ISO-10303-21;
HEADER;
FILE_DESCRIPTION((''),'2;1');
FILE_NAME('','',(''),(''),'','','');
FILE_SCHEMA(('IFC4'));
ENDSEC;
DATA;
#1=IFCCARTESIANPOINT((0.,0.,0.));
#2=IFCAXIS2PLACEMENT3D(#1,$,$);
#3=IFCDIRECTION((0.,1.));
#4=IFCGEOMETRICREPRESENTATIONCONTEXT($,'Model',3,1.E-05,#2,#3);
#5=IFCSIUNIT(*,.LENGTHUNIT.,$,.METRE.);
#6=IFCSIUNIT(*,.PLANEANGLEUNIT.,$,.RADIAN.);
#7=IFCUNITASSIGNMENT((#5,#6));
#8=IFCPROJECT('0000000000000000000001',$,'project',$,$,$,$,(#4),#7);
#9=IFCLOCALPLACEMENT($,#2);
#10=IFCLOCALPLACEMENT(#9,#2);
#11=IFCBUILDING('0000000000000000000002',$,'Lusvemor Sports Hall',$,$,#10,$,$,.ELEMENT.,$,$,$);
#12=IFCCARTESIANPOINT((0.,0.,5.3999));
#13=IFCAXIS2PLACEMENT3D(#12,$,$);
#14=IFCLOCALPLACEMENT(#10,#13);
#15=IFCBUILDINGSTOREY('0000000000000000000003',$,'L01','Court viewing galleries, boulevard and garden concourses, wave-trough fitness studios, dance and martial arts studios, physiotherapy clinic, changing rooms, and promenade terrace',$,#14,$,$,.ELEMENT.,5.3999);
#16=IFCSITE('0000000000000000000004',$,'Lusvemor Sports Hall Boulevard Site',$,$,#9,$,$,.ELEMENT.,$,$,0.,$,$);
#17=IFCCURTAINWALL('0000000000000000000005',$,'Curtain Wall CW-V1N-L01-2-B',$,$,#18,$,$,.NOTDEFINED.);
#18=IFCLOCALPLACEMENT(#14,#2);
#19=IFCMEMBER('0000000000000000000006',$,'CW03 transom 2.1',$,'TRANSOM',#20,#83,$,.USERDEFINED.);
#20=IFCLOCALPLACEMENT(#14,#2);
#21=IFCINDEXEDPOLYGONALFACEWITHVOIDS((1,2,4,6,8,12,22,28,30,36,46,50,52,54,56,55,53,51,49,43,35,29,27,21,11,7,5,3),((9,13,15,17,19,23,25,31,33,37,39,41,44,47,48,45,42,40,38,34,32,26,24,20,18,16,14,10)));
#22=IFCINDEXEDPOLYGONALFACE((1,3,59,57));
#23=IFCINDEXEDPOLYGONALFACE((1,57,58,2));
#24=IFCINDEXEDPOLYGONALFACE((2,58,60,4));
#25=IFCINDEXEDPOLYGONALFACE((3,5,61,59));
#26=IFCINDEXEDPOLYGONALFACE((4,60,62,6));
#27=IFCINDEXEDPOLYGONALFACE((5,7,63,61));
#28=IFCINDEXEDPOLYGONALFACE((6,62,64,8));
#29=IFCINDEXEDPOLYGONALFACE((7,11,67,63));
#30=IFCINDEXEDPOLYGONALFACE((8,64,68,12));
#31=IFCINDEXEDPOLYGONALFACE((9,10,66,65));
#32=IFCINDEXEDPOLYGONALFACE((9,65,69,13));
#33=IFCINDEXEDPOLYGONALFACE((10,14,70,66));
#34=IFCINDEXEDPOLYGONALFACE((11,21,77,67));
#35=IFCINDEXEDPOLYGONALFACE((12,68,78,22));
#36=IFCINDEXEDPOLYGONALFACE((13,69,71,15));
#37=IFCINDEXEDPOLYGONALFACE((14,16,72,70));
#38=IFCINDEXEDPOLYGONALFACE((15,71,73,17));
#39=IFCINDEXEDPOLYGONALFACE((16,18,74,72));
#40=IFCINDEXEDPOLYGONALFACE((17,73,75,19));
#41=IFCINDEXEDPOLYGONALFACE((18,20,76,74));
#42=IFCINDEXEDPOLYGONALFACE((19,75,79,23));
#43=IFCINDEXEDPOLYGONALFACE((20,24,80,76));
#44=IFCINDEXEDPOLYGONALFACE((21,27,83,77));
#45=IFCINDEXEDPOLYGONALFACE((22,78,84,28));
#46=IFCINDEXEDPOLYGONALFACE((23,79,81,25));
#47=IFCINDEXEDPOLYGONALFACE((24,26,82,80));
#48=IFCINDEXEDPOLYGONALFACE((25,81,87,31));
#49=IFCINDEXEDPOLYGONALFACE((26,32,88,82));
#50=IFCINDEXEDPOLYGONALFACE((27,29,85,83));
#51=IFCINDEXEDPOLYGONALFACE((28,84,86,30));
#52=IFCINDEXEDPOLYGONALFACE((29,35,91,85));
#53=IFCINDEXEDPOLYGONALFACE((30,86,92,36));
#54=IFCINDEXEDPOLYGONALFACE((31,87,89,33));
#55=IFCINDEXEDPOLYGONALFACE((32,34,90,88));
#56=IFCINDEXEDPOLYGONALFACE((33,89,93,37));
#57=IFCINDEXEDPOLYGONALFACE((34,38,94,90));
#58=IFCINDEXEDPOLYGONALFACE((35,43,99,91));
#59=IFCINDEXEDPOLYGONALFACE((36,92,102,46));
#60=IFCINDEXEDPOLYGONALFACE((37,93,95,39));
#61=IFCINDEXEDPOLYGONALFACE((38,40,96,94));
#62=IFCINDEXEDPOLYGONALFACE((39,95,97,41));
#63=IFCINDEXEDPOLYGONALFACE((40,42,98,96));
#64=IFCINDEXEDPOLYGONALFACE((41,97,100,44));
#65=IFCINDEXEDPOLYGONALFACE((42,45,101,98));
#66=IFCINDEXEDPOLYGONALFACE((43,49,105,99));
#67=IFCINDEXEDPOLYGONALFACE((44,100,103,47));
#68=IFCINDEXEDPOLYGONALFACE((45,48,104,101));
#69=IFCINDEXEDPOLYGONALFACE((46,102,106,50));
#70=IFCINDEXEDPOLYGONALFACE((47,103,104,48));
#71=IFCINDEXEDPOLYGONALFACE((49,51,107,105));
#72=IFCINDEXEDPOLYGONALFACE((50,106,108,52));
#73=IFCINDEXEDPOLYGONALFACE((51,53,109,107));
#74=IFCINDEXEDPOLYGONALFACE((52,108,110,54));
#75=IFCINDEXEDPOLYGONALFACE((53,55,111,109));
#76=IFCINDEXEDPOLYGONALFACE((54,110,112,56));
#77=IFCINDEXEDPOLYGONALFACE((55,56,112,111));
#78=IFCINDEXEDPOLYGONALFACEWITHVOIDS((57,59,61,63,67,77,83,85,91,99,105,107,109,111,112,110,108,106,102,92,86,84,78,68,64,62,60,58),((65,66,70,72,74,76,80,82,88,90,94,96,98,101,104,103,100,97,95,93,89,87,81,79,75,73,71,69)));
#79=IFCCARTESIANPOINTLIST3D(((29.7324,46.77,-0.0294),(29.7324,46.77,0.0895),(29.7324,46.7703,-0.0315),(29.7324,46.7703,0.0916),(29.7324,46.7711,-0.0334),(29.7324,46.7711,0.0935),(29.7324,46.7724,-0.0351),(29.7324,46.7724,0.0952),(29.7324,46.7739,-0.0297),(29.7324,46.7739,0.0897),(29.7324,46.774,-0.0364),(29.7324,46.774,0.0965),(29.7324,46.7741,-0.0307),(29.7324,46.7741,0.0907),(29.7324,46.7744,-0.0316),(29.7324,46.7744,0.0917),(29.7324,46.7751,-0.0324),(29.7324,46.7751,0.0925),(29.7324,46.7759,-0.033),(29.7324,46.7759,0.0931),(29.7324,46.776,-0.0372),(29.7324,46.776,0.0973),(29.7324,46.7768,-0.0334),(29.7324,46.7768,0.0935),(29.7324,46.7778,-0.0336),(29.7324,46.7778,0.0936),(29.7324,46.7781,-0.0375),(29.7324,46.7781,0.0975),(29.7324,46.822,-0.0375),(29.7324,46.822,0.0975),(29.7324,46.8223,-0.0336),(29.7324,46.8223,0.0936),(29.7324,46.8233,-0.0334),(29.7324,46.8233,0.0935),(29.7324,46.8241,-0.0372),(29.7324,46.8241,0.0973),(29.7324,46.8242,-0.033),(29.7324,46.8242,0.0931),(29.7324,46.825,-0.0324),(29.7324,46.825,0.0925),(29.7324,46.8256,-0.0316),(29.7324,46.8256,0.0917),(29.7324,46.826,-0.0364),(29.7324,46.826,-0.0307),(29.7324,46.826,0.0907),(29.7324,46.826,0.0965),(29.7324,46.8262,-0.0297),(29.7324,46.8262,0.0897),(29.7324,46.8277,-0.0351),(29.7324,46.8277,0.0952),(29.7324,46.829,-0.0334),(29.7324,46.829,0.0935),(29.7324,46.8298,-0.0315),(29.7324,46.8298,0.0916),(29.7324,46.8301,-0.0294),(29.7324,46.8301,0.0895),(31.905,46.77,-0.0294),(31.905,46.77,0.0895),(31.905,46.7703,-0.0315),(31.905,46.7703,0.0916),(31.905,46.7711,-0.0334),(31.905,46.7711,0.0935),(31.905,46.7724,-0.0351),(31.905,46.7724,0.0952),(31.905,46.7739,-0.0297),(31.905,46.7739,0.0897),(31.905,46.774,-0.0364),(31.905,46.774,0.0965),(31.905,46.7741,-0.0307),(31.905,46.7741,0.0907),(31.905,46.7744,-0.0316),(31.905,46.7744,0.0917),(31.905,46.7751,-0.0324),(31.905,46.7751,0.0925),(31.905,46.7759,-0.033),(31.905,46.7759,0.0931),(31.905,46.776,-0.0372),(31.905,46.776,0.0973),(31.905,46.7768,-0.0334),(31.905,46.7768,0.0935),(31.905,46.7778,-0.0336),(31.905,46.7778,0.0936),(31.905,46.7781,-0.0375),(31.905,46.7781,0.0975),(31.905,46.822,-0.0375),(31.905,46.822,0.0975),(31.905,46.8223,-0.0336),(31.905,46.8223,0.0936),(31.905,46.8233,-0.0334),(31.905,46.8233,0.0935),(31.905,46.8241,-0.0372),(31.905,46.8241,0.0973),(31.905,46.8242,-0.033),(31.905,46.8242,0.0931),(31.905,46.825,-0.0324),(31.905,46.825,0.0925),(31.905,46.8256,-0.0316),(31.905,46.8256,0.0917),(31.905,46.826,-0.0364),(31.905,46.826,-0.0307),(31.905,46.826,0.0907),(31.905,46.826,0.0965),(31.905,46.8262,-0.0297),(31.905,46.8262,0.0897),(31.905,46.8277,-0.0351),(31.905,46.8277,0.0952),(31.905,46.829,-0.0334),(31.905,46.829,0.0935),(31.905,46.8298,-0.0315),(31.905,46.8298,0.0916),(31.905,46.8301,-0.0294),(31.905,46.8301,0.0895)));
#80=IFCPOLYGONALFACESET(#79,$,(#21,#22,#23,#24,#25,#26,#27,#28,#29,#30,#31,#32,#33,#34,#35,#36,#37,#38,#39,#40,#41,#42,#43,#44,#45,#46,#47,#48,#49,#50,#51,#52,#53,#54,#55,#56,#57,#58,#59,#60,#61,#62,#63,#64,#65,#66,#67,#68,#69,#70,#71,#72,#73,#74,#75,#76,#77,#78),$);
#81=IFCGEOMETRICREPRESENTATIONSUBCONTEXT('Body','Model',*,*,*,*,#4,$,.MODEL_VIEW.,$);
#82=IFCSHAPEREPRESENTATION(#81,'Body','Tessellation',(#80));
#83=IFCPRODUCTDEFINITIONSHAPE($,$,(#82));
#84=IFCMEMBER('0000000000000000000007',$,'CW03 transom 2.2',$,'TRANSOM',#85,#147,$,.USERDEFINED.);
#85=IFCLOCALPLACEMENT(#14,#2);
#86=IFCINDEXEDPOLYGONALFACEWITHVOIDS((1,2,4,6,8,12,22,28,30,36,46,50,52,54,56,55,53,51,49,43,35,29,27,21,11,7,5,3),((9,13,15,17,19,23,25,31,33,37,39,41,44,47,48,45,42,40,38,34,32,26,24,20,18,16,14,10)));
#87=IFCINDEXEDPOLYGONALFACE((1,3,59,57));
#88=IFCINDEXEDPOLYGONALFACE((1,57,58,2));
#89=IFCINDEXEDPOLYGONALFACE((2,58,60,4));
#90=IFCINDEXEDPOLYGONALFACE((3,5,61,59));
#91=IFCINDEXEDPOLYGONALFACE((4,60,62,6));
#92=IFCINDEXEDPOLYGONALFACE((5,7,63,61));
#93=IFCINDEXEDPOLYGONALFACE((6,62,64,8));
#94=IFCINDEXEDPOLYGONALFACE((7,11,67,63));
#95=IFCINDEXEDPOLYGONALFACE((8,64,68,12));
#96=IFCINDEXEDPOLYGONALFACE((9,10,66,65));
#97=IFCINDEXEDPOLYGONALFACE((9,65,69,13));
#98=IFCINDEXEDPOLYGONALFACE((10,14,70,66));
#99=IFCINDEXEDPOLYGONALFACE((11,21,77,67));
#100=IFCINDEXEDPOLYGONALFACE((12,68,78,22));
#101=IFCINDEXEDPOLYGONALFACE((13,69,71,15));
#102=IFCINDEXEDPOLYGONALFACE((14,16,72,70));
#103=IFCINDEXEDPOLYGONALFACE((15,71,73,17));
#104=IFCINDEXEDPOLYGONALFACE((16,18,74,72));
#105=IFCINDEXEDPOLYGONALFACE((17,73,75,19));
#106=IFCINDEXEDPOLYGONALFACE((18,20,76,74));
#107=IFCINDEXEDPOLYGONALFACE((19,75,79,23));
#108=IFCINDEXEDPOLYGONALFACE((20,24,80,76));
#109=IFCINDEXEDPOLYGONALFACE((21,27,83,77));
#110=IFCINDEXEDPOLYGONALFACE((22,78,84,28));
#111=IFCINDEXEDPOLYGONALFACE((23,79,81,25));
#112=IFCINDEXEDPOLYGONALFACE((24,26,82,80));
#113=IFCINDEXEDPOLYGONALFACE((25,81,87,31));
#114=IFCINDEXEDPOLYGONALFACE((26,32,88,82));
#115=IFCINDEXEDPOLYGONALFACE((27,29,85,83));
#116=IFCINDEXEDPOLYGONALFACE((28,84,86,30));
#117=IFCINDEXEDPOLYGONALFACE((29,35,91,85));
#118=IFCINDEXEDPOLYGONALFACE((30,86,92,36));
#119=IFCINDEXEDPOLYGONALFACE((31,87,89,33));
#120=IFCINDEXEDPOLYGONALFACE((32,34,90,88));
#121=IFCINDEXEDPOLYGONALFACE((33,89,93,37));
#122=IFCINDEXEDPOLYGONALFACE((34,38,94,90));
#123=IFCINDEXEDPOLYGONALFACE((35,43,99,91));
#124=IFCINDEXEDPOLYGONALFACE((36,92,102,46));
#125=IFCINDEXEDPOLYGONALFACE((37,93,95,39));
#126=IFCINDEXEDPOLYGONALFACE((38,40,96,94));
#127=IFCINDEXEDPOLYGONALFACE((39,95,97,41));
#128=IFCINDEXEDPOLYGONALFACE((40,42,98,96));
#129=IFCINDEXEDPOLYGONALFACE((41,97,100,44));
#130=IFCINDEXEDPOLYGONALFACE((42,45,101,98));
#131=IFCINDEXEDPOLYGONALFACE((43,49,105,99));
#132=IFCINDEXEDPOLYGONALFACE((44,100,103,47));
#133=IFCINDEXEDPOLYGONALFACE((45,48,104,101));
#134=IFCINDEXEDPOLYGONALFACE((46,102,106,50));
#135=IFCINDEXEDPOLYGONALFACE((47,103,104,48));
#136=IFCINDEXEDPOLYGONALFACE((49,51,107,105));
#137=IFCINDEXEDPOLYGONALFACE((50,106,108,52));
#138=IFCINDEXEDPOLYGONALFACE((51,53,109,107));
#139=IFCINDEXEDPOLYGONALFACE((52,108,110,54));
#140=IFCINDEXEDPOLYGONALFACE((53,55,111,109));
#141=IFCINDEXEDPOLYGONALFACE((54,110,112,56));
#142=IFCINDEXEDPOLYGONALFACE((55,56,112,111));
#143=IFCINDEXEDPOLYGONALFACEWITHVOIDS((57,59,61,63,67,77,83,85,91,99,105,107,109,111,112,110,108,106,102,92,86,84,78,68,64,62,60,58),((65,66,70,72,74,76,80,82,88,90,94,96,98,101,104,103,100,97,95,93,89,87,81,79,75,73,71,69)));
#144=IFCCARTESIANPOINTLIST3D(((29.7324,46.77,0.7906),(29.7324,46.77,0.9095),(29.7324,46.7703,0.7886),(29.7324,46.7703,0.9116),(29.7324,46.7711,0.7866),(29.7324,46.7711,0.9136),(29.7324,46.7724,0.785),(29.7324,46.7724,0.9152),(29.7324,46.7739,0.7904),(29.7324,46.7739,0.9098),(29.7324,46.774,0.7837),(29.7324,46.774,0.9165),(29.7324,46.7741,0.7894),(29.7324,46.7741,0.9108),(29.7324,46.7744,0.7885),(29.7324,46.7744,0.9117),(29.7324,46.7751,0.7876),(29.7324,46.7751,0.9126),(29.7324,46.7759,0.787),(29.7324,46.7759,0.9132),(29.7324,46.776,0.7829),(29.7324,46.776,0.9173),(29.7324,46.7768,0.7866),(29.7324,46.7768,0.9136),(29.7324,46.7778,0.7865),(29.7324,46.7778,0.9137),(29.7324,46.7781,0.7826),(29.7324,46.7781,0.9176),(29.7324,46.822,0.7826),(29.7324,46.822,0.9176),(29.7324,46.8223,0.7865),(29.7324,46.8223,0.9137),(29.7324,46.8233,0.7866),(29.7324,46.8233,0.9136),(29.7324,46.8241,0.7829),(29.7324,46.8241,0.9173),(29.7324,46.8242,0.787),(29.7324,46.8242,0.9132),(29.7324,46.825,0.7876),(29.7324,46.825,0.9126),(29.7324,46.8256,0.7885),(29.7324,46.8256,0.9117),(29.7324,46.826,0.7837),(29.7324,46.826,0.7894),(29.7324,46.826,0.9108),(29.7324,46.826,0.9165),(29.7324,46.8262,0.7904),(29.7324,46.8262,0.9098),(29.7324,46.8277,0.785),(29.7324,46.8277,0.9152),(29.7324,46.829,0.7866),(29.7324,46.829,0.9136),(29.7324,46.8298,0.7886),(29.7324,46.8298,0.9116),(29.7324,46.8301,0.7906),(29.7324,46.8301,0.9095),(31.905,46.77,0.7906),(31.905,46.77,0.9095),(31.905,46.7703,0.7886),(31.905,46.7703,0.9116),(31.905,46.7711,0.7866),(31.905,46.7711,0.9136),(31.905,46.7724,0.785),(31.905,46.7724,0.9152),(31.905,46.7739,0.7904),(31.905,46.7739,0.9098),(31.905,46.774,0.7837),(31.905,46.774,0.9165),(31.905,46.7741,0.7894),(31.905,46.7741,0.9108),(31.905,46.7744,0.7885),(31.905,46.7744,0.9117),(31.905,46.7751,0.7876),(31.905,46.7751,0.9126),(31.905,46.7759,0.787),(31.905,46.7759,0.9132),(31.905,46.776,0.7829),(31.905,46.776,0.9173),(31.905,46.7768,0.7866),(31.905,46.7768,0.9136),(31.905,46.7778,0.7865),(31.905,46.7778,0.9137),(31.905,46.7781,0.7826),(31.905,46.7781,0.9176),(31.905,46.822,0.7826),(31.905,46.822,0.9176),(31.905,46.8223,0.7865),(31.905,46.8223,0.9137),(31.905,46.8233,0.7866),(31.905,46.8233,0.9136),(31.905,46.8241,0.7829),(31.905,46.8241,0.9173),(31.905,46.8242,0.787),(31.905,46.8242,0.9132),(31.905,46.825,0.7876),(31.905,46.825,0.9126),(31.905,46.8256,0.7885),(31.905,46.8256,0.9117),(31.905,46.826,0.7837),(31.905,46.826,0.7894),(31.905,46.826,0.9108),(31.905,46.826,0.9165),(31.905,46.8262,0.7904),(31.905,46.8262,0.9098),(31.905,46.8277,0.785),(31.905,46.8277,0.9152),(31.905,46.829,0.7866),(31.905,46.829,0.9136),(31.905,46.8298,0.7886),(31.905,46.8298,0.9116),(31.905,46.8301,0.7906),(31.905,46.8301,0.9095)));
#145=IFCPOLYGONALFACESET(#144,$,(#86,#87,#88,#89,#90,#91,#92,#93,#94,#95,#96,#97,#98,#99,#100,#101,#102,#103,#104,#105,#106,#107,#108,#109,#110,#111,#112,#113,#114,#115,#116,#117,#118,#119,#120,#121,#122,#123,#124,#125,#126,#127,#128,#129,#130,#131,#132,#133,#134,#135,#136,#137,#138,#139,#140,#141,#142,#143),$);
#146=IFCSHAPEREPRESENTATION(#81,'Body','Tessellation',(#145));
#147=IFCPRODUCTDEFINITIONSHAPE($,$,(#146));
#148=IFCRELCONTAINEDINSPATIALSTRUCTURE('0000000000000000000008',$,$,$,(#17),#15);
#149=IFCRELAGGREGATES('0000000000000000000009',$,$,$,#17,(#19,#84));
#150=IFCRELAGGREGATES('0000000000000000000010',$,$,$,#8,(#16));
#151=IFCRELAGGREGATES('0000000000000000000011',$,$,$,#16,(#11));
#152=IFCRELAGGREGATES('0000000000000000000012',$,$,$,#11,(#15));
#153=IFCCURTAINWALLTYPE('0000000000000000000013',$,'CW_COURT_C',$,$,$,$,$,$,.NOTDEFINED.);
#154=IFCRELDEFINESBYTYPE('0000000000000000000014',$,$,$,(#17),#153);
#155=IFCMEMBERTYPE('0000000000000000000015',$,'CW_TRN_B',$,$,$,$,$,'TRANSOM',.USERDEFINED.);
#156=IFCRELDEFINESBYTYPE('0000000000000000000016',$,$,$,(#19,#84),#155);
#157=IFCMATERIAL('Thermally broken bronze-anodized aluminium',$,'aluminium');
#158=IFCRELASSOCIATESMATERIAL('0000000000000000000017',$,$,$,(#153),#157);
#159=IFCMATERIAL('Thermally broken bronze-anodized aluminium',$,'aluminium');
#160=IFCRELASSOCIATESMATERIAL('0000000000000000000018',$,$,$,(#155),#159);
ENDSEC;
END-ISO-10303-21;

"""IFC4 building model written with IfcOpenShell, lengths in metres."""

from ifc_helpers import new_model, si_unit, direction, frame, origin, origin_2d, place, context, subcontext, project, spatial, hollow_rectangle, extrude, material, material_profile, profile_set, type_object, element, aggregate, save


model = new_model("IFC4")

# Units and contexts
model_context = context("Model", 3, precision=1e-05, world=origin(), true_north=direction((0.0, 1.0)))
body_context = subcontext(model_context, "Body", "Model", "MODEL_VIEW")
ifc_project = project(units=[si_unit("LENGTHUNIT", "METRE"), si_unit("PLANEANGLEUNIT", "RADIAN")], contexts=[model_context])

# Site, building, storey
site_placement = place(None, origin())
site = spatial("IfcSite", under=ifc_project, at=site_placement, Name="Lusvemor Sports Hall Boulevard Site", CompositionType="ELEMENT", RefElevation=0.0)
building_placement = place(site_placement, origin())
building = spatial("IfcBuilding", under=site, at=building_placement, Name="Lusvemor Sports Hall", CompositionType="ELEMENT")
storey_placement = place(building_placement, frame((0.0, 0.0, 5.3999)))
storey = spatial("IfcBuildingStorey", under=building, at=storey_placement, Name="L01", Description="Court viewing galleries, boulevard and garden concourses, wave-trough fitness studios, dance and martial arts studios, physiotherapy clinic, changing rooms, and promenade terrace", CompositionType="ELEMENT", Elevation=5.3999)

# Curtain wall
ifc_material_1 = material(Name="Thermally broken bronze-anodized aluminium", Category="aluminium")
curtain_wall_type_1 = type_object("IfcCurtainWallType", Name="CW_COURT_C", PredefinedType="NOTDEFINED", material=ifc_material_1)
curtain_wall_1_placement = place(storey_placement, origin())
curtain_wall_1 = element("IfcCurtainWall", 1, at=curtain_wall_1_placement, inside=storey, type_object=curtain_wall_type_1, Name="Curtain Wall CW-V1N-L01-2-B", PredefinedType="NOTDEFINED")

# Members
ifc_material_2 = material(Name="Thermally broken bronze-anodized aluminium", Category="aluminium")
ifc_material_profile_1 = material_profile(ifc_material_2, hollow_rectangle(XDim=0.0601, YDim=0.135, WallThickness=0.0039, InnerFilletRadius=0.0039, OuterFilletRadius=0.0081, at=origin_2d()), Name="CWTRN135x60x4")
ifc_profile_set_1 = profile_set([ifc_material_profile_1], Name="Thermally broken bronze-anodized aluminium")
member_type_1 = type_object("IfcMemberType", Name="CW_TRN_B", ElementType="TRANSOM", PredefinedType="USERDEFINED", material=ifc_profile_set_1)
member_1_placement = place(storey_placement, frame((29.7324, 46.8, 0.03), z_axis=(1.0, 0.0, 0.0), x_axis=(0.0, 1.0, 0.0)))
member_1 = element("IfcMember", 2, at=member_1_placement, type_object=member_type_1, Name="CW03 transom 2.1", ObjectType="TRANSOM", PredefinedType="USERDEFINED", context=body_context, shape_type="SweptSolid", body=[
    extrude(hollow_rectangle(XDim=0.0601, YDim=0.135, WallThickness=0.0039, InnerFilletRadius=0.0039, OuterFilletRadius=0.0081, at=origin_2d()), origin(), (0.0, 0.0, 1.0), 2.1726),
])
member_2_placement = place(storey_placement, frame((29.7324, 46.8, 0.8501), z_axis=(1.0, 0.0, 0.0), x_axis=(0.0, 1.0, 0.0)))
member_2 = element("IfcMember", 3, at=member_2_placement, type_object=member_type_1, Name="CW03 transom 2.2", ObjectType="TRANSOM", PredefinedType="USERDEFINED", context=body_context, shape_type="SweptSolid", body=[
    extrude(hollow_rectangle(XDim=0.0601, YDim=0.135, WallThickness=0.0039, InnerFilletRadius=0.0039, OuterFilletRadius=0.0081, at=origin_2d()), origin(), (0.0, 0.0, 1.0), 2.1726),
])

aggregate(curtain_wall_1, [member_1, member_2])

save(model, "model.ifc")
